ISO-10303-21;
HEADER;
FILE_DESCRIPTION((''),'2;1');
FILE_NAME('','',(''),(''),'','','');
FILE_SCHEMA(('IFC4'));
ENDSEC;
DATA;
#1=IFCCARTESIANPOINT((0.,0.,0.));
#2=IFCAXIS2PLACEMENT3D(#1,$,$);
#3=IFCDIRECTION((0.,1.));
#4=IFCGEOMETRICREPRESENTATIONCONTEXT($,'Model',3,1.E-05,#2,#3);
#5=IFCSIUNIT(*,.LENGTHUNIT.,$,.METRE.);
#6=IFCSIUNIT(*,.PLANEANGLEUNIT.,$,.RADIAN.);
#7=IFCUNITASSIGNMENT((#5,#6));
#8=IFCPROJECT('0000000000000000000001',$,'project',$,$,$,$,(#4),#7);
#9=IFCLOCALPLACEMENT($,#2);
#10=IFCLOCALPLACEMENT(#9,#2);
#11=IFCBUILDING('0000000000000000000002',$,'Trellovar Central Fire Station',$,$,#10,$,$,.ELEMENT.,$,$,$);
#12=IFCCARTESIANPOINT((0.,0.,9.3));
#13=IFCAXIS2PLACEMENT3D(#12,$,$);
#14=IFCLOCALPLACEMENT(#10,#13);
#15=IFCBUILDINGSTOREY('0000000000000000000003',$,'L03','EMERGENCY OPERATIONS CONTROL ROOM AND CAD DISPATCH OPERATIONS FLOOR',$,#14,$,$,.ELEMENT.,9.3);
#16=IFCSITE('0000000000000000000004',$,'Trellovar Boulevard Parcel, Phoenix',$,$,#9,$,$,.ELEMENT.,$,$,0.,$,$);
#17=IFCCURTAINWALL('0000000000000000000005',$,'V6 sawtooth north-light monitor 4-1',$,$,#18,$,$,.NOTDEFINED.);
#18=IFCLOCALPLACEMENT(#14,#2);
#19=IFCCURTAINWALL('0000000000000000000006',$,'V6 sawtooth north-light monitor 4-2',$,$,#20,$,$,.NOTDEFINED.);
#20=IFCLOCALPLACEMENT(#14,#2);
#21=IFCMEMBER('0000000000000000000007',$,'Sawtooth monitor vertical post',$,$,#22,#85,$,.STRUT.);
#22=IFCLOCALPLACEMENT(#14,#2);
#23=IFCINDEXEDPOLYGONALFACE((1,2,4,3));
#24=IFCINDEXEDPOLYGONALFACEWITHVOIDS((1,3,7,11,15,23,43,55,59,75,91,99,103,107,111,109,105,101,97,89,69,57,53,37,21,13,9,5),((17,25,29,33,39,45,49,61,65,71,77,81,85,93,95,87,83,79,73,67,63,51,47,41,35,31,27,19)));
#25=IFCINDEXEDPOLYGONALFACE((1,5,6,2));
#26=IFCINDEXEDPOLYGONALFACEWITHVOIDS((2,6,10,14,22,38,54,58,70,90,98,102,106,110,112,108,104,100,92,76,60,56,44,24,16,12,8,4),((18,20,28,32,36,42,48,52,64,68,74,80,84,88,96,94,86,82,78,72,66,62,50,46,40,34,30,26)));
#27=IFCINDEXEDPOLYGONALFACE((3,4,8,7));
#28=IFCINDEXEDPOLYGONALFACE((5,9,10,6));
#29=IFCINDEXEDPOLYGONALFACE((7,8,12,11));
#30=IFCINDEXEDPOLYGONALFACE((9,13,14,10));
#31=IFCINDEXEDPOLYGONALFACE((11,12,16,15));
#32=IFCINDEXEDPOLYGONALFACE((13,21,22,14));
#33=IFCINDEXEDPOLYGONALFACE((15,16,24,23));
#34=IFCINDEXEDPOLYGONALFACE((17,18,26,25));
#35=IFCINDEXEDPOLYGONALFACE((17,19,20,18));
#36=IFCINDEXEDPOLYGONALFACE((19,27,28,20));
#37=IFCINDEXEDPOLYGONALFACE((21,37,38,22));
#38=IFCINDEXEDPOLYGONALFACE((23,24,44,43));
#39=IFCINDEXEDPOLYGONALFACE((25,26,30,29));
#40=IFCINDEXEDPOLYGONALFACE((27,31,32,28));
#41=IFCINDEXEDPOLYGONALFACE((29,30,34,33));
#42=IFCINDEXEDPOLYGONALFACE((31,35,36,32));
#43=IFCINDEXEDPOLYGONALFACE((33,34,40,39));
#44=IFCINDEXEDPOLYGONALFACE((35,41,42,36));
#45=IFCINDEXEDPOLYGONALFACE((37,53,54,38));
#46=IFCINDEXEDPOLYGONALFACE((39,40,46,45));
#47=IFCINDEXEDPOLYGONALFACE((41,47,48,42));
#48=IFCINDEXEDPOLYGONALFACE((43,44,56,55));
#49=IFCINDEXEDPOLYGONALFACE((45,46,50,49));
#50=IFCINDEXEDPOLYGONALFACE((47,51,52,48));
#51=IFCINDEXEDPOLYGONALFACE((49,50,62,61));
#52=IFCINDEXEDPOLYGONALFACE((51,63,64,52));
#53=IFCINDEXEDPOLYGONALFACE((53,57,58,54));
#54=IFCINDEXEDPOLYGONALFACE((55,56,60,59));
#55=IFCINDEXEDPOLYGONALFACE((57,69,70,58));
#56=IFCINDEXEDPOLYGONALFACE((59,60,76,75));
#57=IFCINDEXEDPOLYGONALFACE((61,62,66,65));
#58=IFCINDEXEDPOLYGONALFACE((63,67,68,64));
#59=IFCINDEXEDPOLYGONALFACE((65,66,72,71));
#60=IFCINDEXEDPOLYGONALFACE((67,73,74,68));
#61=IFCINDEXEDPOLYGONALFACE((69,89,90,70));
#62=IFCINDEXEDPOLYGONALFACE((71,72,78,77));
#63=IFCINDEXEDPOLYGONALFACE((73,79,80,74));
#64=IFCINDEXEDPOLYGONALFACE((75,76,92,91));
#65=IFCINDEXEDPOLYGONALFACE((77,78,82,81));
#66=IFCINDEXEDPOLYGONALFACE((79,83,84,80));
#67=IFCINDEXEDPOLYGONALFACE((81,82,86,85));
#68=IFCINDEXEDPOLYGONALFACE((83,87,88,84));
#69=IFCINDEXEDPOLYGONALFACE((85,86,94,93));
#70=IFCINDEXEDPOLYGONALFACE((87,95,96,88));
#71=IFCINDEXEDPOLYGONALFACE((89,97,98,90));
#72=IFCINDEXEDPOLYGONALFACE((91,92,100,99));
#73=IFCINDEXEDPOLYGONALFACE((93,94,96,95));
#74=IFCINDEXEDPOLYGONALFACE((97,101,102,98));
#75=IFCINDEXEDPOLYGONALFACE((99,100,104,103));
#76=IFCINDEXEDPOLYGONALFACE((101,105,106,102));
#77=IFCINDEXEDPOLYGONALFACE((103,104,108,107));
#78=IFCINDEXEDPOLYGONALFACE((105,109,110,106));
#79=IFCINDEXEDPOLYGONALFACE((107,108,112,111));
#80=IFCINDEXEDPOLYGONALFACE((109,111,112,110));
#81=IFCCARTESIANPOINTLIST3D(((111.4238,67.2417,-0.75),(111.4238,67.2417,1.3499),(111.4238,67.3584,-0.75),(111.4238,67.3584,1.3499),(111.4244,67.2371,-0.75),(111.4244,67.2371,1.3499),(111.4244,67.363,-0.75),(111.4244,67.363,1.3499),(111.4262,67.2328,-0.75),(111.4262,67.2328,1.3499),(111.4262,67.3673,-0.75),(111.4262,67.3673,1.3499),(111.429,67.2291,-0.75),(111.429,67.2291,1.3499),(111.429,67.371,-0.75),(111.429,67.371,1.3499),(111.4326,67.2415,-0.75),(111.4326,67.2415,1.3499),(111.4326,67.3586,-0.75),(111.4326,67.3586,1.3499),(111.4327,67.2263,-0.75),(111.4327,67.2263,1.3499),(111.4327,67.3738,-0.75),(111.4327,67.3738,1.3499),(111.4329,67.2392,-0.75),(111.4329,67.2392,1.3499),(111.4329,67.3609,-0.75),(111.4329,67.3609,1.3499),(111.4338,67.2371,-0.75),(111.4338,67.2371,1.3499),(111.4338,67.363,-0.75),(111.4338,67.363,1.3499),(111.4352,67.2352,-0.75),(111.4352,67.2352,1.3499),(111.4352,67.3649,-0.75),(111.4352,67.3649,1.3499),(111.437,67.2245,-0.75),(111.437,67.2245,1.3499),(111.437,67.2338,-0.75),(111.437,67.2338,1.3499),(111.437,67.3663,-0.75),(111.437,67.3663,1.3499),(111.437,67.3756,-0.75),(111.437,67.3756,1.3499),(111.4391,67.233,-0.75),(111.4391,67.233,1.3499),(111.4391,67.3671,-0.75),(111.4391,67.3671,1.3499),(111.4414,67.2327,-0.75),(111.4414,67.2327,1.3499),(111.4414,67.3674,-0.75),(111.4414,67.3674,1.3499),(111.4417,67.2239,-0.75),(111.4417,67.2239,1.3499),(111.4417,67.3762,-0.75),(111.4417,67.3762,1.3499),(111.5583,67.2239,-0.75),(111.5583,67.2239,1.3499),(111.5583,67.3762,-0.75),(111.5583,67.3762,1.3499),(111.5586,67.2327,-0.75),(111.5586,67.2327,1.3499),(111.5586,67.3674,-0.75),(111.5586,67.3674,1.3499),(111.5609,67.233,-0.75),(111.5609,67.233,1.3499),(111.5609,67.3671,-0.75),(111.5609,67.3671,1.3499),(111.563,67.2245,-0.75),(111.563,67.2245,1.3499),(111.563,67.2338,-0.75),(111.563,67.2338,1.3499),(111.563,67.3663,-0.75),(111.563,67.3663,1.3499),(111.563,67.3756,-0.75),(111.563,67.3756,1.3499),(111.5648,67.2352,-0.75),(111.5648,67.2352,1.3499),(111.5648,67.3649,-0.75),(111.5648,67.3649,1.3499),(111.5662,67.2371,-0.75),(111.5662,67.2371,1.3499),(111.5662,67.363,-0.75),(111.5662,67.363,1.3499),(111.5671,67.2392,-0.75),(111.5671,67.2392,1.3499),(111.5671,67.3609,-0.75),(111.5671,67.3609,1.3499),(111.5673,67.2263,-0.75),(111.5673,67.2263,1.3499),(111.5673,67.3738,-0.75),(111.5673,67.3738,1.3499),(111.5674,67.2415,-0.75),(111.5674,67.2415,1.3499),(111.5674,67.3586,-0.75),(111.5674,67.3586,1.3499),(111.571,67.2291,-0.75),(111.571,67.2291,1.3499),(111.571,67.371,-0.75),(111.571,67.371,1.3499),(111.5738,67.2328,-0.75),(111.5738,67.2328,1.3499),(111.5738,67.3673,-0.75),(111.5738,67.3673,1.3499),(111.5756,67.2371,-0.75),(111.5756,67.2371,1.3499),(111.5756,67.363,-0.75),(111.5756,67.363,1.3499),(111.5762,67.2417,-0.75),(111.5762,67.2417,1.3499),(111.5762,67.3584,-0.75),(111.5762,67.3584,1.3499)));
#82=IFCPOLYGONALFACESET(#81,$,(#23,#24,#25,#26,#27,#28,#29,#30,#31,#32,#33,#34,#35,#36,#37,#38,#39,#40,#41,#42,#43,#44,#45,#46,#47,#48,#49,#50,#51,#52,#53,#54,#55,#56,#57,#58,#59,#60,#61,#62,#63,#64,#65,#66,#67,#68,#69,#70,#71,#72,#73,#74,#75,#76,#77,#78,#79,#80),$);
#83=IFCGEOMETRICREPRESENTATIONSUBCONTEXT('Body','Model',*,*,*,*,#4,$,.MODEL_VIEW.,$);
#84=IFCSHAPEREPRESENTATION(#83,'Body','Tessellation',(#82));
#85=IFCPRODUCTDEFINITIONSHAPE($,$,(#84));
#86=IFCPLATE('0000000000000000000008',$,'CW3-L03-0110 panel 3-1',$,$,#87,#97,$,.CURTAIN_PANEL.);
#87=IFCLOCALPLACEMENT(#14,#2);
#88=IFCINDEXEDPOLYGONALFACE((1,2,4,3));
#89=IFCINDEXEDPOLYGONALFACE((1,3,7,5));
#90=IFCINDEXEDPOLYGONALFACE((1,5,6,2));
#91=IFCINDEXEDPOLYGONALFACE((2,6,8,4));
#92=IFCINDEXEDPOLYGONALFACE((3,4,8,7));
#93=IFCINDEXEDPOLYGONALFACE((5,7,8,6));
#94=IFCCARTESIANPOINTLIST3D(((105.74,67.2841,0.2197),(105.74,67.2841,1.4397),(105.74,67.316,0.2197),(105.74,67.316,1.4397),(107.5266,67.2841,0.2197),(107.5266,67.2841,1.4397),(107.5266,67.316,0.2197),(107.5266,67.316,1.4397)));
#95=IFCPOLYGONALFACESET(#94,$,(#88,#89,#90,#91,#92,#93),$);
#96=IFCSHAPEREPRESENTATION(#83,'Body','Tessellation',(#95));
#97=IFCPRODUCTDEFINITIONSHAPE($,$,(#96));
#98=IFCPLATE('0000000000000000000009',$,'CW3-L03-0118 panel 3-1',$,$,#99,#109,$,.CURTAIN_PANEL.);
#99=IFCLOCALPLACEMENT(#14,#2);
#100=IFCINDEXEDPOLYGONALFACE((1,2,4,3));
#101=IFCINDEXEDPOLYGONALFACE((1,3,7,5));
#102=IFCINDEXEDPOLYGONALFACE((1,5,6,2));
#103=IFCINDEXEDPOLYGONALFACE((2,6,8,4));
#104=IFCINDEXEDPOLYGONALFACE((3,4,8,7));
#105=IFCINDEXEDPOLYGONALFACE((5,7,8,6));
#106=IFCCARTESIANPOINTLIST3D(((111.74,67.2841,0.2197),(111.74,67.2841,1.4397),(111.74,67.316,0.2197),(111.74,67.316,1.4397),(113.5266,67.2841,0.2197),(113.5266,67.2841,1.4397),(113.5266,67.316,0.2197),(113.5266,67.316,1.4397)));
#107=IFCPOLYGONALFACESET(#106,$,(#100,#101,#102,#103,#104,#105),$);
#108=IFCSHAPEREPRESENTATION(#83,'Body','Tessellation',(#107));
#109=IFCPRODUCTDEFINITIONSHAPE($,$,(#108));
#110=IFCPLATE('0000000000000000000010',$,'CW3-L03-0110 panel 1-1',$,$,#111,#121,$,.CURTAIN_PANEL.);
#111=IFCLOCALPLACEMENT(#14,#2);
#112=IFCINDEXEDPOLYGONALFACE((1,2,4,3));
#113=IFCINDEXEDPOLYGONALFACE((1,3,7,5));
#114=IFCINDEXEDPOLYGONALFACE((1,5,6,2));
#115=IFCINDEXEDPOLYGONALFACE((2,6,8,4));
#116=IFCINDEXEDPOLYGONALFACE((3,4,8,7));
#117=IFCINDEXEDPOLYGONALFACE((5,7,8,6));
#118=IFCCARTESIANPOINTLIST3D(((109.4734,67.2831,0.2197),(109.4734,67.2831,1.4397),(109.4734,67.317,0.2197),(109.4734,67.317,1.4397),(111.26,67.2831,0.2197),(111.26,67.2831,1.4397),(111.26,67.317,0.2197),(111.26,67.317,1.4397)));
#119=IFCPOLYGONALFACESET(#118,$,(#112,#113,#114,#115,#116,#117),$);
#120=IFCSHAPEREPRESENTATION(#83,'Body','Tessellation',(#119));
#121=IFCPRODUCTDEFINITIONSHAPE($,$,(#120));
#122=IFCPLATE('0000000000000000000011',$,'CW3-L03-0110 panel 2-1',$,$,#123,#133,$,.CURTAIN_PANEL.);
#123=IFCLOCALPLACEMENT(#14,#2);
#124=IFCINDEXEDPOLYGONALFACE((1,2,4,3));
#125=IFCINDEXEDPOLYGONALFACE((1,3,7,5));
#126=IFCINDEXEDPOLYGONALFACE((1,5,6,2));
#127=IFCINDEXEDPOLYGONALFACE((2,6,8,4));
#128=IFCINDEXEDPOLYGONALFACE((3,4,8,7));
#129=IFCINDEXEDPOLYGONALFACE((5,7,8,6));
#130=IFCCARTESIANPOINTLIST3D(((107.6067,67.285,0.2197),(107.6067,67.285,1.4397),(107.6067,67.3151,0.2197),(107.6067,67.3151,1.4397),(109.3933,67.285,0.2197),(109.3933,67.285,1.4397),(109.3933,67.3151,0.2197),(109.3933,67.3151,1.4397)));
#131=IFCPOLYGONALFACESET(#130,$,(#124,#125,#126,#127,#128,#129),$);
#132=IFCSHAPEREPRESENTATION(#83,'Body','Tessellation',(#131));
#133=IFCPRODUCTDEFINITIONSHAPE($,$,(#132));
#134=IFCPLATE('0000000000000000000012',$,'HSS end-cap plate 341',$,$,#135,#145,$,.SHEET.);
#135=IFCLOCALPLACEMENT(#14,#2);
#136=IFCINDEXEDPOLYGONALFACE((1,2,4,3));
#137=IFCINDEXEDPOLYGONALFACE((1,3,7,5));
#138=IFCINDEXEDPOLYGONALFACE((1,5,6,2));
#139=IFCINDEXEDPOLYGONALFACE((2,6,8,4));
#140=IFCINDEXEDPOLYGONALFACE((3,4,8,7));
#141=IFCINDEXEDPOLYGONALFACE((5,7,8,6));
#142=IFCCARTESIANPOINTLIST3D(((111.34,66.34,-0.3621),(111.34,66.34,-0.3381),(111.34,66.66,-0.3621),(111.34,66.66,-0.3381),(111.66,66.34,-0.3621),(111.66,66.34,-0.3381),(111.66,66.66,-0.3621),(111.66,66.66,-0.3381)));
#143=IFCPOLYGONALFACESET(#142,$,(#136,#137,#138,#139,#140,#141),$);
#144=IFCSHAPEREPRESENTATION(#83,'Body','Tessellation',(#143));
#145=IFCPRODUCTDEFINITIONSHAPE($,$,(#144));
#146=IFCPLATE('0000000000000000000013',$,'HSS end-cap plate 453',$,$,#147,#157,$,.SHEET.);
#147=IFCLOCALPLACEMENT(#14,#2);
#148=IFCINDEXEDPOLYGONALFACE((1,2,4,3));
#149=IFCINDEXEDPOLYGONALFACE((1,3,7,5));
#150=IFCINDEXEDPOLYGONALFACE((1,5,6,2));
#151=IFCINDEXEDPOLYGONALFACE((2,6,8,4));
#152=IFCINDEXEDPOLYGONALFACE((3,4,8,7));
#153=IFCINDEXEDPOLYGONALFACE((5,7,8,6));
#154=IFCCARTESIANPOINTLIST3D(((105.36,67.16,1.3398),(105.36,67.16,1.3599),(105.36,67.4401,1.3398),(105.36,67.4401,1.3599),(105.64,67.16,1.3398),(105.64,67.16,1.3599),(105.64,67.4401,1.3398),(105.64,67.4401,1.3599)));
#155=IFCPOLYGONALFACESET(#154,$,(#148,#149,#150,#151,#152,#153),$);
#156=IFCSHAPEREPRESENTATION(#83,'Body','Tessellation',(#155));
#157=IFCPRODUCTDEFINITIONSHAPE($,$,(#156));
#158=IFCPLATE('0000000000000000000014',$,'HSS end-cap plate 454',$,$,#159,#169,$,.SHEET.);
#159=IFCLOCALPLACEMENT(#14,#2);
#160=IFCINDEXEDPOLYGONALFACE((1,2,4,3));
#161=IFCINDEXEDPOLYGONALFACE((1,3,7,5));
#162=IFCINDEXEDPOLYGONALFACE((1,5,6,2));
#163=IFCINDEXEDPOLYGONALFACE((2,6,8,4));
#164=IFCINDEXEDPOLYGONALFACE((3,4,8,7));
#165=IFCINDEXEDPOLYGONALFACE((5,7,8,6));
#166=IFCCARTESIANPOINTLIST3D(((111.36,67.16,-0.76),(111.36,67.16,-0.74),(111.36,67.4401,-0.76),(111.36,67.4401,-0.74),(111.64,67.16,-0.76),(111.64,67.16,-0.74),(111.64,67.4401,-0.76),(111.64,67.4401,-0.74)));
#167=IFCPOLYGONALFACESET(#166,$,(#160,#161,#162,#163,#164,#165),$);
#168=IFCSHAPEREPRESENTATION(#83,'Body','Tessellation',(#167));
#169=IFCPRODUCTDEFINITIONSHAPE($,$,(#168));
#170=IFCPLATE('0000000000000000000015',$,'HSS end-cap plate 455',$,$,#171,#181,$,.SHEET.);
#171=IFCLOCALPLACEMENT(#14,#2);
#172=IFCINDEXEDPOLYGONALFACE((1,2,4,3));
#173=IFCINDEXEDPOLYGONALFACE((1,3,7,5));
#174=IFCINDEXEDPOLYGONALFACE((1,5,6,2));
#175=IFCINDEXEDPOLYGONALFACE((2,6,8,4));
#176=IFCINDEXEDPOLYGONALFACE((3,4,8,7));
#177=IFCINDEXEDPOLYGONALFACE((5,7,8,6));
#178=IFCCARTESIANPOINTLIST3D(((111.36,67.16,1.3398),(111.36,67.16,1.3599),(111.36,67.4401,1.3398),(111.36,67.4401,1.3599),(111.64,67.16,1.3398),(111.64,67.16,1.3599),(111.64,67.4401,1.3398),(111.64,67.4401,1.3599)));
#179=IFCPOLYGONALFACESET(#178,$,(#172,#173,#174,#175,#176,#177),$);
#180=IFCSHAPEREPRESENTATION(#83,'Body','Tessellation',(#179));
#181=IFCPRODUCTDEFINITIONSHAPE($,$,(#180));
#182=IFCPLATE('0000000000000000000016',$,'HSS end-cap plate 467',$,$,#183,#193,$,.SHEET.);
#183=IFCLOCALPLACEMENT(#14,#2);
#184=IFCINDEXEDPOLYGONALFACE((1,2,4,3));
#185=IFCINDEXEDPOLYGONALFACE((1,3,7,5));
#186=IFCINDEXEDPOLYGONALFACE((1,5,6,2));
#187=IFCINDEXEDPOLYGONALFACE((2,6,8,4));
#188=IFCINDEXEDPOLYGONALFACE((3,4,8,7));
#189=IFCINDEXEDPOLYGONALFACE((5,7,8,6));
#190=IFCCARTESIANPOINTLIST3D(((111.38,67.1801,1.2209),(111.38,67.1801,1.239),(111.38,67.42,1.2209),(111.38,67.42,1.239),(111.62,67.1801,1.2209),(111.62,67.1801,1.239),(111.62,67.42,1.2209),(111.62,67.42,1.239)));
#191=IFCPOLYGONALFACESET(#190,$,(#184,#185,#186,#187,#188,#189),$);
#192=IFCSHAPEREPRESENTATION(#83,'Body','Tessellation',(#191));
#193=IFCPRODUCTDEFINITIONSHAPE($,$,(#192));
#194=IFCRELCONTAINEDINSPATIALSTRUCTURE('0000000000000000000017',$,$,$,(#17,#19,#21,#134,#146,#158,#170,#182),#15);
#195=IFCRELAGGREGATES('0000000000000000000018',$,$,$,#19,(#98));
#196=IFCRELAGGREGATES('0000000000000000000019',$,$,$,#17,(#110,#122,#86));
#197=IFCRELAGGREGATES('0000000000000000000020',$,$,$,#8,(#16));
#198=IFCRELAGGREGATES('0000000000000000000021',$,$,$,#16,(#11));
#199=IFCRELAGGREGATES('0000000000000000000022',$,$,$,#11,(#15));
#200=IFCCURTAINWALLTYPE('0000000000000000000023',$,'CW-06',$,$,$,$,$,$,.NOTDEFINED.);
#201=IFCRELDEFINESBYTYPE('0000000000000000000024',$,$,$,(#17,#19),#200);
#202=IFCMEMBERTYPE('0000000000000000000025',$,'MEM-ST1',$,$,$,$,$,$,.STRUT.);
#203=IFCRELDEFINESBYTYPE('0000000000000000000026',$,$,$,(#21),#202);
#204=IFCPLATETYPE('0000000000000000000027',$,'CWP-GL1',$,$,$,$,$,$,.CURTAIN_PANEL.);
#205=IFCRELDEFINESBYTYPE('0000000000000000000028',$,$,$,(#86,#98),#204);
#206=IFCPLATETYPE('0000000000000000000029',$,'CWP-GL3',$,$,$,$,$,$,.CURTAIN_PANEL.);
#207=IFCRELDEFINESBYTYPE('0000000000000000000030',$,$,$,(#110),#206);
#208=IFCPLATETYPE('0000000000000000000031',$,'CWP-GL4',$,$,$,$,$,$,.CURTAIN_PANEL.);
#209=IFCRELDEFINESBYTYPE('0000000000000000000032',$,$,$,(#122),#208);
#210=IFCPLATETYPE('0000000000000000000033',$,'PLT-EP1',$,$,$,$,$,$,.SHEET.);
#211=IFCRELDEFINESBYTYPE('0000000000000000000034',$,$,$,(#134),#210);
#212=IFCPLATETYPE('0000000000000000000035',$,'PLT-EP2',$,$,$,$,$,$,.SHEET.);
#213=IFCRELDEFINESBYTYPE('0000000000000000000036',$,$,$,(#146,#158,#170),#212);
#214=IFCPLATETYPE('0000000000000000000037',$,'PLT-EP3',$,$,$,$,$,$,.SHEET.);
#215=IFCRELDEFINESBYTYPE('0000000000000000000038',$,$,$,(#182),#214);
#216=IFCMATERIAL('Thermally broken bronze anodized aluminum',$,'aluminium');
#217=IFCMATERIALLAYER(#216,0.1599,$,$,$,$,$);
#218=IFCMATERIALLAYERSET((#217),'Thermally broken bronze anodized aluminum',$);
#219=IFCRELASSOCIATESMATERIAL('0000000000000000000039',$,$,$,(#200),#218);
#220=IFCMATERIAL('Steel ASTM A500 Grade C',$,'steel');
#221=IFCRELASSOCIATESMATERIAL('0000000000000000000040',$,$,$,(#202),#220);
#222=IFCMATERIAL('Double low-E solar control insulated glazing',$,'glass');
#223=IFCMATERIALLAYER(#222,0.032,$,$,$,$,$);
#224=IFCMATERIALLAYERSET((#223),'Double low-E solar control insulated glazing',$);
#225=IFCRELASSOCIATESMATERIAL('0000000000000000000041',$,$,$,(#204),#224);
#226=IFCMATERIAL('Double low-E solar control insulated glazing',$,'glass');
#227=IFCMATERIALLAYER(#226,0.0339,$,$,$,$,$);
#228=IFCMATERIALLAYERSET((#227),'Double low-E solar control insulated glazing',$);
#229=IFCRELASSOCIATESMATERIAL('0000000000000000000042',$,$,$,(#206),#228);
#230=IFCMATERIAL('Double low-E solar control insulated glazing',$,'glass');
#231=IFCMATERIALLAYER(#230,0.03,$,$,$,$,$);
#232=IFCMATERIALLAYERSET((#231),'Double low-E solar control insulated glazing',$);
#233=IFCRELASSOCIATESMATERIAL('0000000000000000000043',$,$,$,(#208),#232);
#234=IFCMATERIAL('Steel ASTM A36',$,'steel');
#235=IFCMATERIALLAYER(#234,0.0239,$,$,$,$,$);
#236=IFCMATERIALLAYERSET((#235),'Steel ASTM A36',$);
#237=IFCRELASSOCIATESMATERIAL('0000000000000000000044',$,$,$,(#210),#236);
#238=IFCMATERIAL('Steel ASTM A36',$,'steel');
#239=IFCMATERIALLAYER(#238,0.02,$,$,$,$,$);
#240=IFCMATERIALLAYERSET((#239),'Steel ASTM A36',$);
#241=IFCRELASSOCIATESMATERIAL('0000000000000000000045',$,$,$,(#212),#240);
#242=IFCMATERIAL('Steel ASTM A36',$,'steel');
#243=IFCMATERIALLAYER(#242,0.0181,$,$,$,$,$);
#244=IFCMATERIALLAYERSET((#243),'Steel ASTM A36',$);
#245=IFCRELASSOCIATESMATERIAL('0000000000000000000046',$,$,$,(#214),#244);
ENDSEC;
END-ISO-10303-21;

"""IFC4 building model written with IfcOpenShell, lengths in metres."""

from ifc_helpers import new_model, si_unit, direction, frame, origin, origin_2d, place, context, subcontext, project, spatial, rectangle, hollow_rectangle, extrude, material, layer, layer_set, material_profile, profile_set, type_object, element, aggregate, save


model = new_model("IFC4")

# Units and contexts
model_context = context("Model", 3, precision=1e-05, world=origin(), true_north=direction((0.0, 1.0)))
body_context = subcontext(model_context, "Body", "Model", "MODEL_VIEW")
ifc_project = project(units=[si_unit("LENGTHUNIT", "METRE"), si_unit("PLANEANGLEUNIT", "RADIAN")], contexts=[model_context])

# Site, building, storey
site_placement = place(None, origin())
site = spatial("IfcSite", under=ifc_project, at=site_placement, Name="Trellovar Boulevard Parcel, Phoenix", CompositionType="ELEMENT", RefElevation=0.0)
building_placement = place(site_placement, origin())
building = spatial("IfcBuilding", under=site, at=building_placement, Name="Trellovar Central Fire Station", CompositionType="ELEMENT")
storey_placement = place(building_placement, frame((0.0, 0.0, 9.3)))
storey = spatial("IfcBuildingStorey", under=building, at=storey_placement, Name="L03", Description="EMERGENCY OPERATIONS CONTROL ROOM AND CAD DISPATCH OPERATIONS FLOOR", CompositionType="ELEMENT", Elevation=9.3)

# Curtain wall
ifc_material_1 = material(Name="Thermally broken bronze anodized aluminum", Category="aluminium")
ifc_layer_1 = layer(ifc_material_1, 0.1599)
ifc_layer_set_1 = layer_set([ifc_layer_1], Name="Thermally broken bronze anodized aluminum")
curtain_wall_type = type_object("IfcCurtainWallType", Name="CW-06", PredefinedType="NOTDEFINED", material=ifc_layer_set_1)
curtain_wall_1_placement = place(storey_placement, origin())
curtain_wall_1 = element("IfcCurtainWall", 1, at=curtain_wall_1_placement, inside=storey, type_object=curtain_wall_type, Name="V6 sawtooth north-light monitor 4-1", PredefinedType="NOTDEFINED")

# Curtain wall
curtain_wall_2_placement = place(storey_placement, origin())
curtain_wall_2 = element("IfcCurtainWall", 2, at=curtain_wall_2_placement, inside=storey, type_object=curtain_wall_type, Name="V6 sawtooth north-light monitor 4-2", PredefinedType="NOTDEFINED")

# Member
ifc_material_2 = material(Name="Steel ASTM A500 Grade C", Category="steel")
ifc_material_profile_1 = material_profile(ifc_material_2, hollow_rectangle(XDim=0.1523, YDim=0.1523, WallThickness=0.0088, InnerFilletRadius=0.0088, OuterFilletRadius=0.0178, at=origin_2d()), Name="HSS6X6X3/8")
ifc_profile_set_1 = profile_set([ifc_material_profile_1], Name="Steel ASTM A500 Grade C")
member_type_1 = type_object("IfcMemberType", Name="MEM-ST1", PredefinedType="STRUT", material=ifc_profile_set_1)
member_1_placement = place(storey_placement, frame((111.5, 67.3, -0.75), z_axis=(0.0, 0.0, 1.0), x_axis=(1.0, 0.0, 0.0)))
element("IfcMember", 3, at=member_1_placement, inside=storey, type_object=member_type_1, Name="Sawtooth monitor vertical post", PredefinedType="STRUT", context=body_context, shape_type="SweptSolid", body=[
    extrude(hollow_rectangle(XDim=0.1523, YDim=0.1523, WallThickness=0.0088, InnerFilletRadius=0.0088, OuterFilletRadius=0.0178, at=origin_2d()), origin(), (0.0, 0.0, 1.0), 2.0999),
])

# Plates
ifc_material_3 = material(Name="Double low-E solar control insulated glazing", Category="glass")
ifc_layer_2 = layer(ifc_material_3, 0.032)
ifc_layer_set_2 = layer_set([ifc_layer_2], Name="Double low-E solar control insulated glazing")
plate_type_1 = type_object("IfcPlateType", Name="CWP-GL1", PredefinedType="CURTAIN_PANEL", material=ifc_layer_set_2)
plate_1_placement = place(storey_placement, frame((106.6333, 67.3, 0.2197), z_axis=(0.0, 0.0, 1.0), x_axis=(-1.0, 0.0, 0.0)))
plate_1 = element("IfcPlate", 4, at=plate_1_placement, type_object=plate_type_1, Name="CW3-L03-0110 panel 3-1", PredefinedType="CURTAIN_PANEL", context=body_context, shape_type="SweptSolid", body=[
    extrude(rectangle(XDim=1.7866, YDim=0.032, at=origin_2d()), origin(), (0.0, 0.0, 1.0), 1.22),
])
plate_2_placement = place(storey_placement, frame((112.6333, 67.3, 0.2197), z_axis=(0.0, 0.0, 1.0), x_axis=(-1.0, 0.0, 0.0)))
plate_2 = element("IfcPlate", 5, at=plate_2_placement, type_object=plate_type_1, Name="CW3-L03-0118 panel 3-1", PredefinedType="CURTAIN_PANEL", context=body_context, shape_type="SweptSolid", body=[
    extrude(rectangle(XDim=1.7866, YDim=0.032, at=origin_2d()), origin(), (0.0, 0.0, 1.0), 1.22),
])
aggregate(curtain_wall_2, [plate_2])
ifc_material_4 = material(Name="Double low-E solar control insulated glazing", Category="glass")
ifc_layer_3 = layer(ifc_material_4, 0.0339)
ifc_layer_set_3 = layer_set([ifc_layer_3], Name="Double low-E solar control insulated glazing")
plate_type_2 = type_object("IfcPlateType", Name="CWP-GL3", PredefinedType="CURTAIN_PANEL", material=ifc_layer_set_3)
plate_3_placement = place(storey_placement, frame((110.3667, 67.3, 0.2197), z_axis=(0.0, 0.0, 1.0), x_axis=(-1.0, 0.0, 0.0)))
plate_3 = element("IfcPlate", 6, at=plate_3_placement, type_object=plate_type_2, Name="CW3-L03-0110 panel 1-1", PredefinedType="CURTAIN_PANEL", context=body_context, shape_type="SweptSolid", body=[
    extrude(rectangle(XDim=1.7866, YDim=0.0339, at=origin_2d()), origin(), (0.0, 0.0, 1.0), 1.22),
])
ifc_material_5 = material(Name="Double low-E solar control insulated glazing", Category="glass")
ifc_layer_4 = layer(ifc_material_5, 0.03)
ifc_layer_set_4 = layer_set([ifc_layer_4], Name="Double low-E solar control insulated glazing")
plate_type_3 = type_object("IfcPlateType", Name="CWP-GL4", PredefinedType="CURTAIN_PANEL", material=ifc_layer_set_4)
plate_4_placement = place(storey_placement, frame((108.5, 67.3, 0.2197), z_axis=(0.0, 0.0, 1.0), x_axis=(-1.0, 0.0, 0.0)))
plate_4 = element("IfcPlate", 7, at=plate_4_placement, type_object=plate_type_3, Name="CW3-L03-0110 panel 2-1", PredefinedType="CURTAIN_PANEL", context=body_context, shape_type="SweptSolid", body=[
    extrude(rectangle(XDim=1.7866, YDim=0.03, at=origin_2d()), origin(), (0.0, 0.0, 1.0), 1.22),
])
aggregate(curtain_wall_1, [plate_3, plate_4, plate_1])

# Plates
ifc_material_6 = material(Name="Steel ASTM A36", Category="steel")
ifc_layer_5 = layer(ifc_material_6, 0.0239)
ifc_layer_set_5 = layer_set([ifc_layer_5], Name="Steel ASTM A36")
plate_type_4 = type_object("IfcPlateType", Name="PLT-EP1", PredefinedType="SHEET", material=ifc_layer_set_5)
plate_5_placement = place(storey_placement, frame((111.5, 66.5, -0.3621), z_axis=(0.0, 0.0, 1.0), x_axis=(1.0, 0.0, 0.0)))
element("IfcPlate", 8, at=plate_5_placement, inside=storey, type_object=plate_type_4, Name="HSS end-cap plate 341", PredefinedType="SHEET", context=body_context, shape_type="SweptSolid", body=[
    extrude(rectangle(XDim=0.3201, YDim=0.3201, at=origin_2d()), origin(), (0.0, 0.0, 1.0), 0.0239),
])
ifc_material_7 = material(Name="Steel ASTM A36", Category="steel")
ifc_layer_6 = layer(ifc_material_7, 0.02)
ifc_layer_set_6 = layer_set([ifc_layer_6], Name="Steel ASTM A36")
plate_type_5 = type_object("IfcPlateType", Name="PLT-EP2", PredefinedType="SHEET", material=ifc_layer_set_6)
for number, where, z_axis, x_axis, name in (
    (9, (105.5, 67.3, 1.3398), (0.0, 0.0, 1.0), (1.0, 0.0, 0.0), "HSS end-cap plate 453"),
    (10, (111.5, 67.3, -0.76), (0.0, 0.0, 1.0), (1.0, 0.0, 0.0), "HSS end-cap plate 454"),
    (11, (111.5, 67.3, 1.3398), (0.0, 0.0, 1.0), (1.0, 0.0, 0.0), "HSS end-cap plate 455"),
):
    element("IfcPlate", number, at=place(storey_placement, frame(where, z_axis=z_axis, x_axis=x_axis)), inside=storey, type_object=plate_type_5, Name=name, PredefinedType="SHEET", context=body_context, shape_type="SweptSolid", body=[
        extrude(rectangle(XDim=0.28, YDim=0.28, at=origin_2d()), origin(), (0.0, 0.0, 1.0), 0.02),
    ])
ifc_material_8 = material(Name="Steel ASTM A36", Category="steel")
ifc_layer_7 = layer(ifc_material_8, 0.0181)
ifc_layer_set_7 = layer_set([ifc_layer_7], Name="Steel ASTM A36")
plate_type_6 = type_object("IfcPlateType", Name="PLT-EP3", PredefinedType="SHEET", material=ifc_layer_set_7)
for number, where, z_axis, x_axis, name in (
    (12, (111.5, 67.3, 1.2209), (0.0, 0.0, 1.0), (1.0, 0.0, 0.0), "HSS end-cap plate 467"),
):
    element("IfcPlate", number, at=place(storey_placement, frame(where, z_axis=z_axis, x_axis=x_axis)), inside=storey, type_object=plate_type_6, Name=name, PredefinedType="SHEET", context=body_context, shape_type="SweptSolid", body=[
        extrude(rectangle(XDim=0.24, YDim=0.24, at=origin_2d()), origin(), (0.0, 0.0, 1.0), 0.0181),
    ])

save(model, "model.ifc")
